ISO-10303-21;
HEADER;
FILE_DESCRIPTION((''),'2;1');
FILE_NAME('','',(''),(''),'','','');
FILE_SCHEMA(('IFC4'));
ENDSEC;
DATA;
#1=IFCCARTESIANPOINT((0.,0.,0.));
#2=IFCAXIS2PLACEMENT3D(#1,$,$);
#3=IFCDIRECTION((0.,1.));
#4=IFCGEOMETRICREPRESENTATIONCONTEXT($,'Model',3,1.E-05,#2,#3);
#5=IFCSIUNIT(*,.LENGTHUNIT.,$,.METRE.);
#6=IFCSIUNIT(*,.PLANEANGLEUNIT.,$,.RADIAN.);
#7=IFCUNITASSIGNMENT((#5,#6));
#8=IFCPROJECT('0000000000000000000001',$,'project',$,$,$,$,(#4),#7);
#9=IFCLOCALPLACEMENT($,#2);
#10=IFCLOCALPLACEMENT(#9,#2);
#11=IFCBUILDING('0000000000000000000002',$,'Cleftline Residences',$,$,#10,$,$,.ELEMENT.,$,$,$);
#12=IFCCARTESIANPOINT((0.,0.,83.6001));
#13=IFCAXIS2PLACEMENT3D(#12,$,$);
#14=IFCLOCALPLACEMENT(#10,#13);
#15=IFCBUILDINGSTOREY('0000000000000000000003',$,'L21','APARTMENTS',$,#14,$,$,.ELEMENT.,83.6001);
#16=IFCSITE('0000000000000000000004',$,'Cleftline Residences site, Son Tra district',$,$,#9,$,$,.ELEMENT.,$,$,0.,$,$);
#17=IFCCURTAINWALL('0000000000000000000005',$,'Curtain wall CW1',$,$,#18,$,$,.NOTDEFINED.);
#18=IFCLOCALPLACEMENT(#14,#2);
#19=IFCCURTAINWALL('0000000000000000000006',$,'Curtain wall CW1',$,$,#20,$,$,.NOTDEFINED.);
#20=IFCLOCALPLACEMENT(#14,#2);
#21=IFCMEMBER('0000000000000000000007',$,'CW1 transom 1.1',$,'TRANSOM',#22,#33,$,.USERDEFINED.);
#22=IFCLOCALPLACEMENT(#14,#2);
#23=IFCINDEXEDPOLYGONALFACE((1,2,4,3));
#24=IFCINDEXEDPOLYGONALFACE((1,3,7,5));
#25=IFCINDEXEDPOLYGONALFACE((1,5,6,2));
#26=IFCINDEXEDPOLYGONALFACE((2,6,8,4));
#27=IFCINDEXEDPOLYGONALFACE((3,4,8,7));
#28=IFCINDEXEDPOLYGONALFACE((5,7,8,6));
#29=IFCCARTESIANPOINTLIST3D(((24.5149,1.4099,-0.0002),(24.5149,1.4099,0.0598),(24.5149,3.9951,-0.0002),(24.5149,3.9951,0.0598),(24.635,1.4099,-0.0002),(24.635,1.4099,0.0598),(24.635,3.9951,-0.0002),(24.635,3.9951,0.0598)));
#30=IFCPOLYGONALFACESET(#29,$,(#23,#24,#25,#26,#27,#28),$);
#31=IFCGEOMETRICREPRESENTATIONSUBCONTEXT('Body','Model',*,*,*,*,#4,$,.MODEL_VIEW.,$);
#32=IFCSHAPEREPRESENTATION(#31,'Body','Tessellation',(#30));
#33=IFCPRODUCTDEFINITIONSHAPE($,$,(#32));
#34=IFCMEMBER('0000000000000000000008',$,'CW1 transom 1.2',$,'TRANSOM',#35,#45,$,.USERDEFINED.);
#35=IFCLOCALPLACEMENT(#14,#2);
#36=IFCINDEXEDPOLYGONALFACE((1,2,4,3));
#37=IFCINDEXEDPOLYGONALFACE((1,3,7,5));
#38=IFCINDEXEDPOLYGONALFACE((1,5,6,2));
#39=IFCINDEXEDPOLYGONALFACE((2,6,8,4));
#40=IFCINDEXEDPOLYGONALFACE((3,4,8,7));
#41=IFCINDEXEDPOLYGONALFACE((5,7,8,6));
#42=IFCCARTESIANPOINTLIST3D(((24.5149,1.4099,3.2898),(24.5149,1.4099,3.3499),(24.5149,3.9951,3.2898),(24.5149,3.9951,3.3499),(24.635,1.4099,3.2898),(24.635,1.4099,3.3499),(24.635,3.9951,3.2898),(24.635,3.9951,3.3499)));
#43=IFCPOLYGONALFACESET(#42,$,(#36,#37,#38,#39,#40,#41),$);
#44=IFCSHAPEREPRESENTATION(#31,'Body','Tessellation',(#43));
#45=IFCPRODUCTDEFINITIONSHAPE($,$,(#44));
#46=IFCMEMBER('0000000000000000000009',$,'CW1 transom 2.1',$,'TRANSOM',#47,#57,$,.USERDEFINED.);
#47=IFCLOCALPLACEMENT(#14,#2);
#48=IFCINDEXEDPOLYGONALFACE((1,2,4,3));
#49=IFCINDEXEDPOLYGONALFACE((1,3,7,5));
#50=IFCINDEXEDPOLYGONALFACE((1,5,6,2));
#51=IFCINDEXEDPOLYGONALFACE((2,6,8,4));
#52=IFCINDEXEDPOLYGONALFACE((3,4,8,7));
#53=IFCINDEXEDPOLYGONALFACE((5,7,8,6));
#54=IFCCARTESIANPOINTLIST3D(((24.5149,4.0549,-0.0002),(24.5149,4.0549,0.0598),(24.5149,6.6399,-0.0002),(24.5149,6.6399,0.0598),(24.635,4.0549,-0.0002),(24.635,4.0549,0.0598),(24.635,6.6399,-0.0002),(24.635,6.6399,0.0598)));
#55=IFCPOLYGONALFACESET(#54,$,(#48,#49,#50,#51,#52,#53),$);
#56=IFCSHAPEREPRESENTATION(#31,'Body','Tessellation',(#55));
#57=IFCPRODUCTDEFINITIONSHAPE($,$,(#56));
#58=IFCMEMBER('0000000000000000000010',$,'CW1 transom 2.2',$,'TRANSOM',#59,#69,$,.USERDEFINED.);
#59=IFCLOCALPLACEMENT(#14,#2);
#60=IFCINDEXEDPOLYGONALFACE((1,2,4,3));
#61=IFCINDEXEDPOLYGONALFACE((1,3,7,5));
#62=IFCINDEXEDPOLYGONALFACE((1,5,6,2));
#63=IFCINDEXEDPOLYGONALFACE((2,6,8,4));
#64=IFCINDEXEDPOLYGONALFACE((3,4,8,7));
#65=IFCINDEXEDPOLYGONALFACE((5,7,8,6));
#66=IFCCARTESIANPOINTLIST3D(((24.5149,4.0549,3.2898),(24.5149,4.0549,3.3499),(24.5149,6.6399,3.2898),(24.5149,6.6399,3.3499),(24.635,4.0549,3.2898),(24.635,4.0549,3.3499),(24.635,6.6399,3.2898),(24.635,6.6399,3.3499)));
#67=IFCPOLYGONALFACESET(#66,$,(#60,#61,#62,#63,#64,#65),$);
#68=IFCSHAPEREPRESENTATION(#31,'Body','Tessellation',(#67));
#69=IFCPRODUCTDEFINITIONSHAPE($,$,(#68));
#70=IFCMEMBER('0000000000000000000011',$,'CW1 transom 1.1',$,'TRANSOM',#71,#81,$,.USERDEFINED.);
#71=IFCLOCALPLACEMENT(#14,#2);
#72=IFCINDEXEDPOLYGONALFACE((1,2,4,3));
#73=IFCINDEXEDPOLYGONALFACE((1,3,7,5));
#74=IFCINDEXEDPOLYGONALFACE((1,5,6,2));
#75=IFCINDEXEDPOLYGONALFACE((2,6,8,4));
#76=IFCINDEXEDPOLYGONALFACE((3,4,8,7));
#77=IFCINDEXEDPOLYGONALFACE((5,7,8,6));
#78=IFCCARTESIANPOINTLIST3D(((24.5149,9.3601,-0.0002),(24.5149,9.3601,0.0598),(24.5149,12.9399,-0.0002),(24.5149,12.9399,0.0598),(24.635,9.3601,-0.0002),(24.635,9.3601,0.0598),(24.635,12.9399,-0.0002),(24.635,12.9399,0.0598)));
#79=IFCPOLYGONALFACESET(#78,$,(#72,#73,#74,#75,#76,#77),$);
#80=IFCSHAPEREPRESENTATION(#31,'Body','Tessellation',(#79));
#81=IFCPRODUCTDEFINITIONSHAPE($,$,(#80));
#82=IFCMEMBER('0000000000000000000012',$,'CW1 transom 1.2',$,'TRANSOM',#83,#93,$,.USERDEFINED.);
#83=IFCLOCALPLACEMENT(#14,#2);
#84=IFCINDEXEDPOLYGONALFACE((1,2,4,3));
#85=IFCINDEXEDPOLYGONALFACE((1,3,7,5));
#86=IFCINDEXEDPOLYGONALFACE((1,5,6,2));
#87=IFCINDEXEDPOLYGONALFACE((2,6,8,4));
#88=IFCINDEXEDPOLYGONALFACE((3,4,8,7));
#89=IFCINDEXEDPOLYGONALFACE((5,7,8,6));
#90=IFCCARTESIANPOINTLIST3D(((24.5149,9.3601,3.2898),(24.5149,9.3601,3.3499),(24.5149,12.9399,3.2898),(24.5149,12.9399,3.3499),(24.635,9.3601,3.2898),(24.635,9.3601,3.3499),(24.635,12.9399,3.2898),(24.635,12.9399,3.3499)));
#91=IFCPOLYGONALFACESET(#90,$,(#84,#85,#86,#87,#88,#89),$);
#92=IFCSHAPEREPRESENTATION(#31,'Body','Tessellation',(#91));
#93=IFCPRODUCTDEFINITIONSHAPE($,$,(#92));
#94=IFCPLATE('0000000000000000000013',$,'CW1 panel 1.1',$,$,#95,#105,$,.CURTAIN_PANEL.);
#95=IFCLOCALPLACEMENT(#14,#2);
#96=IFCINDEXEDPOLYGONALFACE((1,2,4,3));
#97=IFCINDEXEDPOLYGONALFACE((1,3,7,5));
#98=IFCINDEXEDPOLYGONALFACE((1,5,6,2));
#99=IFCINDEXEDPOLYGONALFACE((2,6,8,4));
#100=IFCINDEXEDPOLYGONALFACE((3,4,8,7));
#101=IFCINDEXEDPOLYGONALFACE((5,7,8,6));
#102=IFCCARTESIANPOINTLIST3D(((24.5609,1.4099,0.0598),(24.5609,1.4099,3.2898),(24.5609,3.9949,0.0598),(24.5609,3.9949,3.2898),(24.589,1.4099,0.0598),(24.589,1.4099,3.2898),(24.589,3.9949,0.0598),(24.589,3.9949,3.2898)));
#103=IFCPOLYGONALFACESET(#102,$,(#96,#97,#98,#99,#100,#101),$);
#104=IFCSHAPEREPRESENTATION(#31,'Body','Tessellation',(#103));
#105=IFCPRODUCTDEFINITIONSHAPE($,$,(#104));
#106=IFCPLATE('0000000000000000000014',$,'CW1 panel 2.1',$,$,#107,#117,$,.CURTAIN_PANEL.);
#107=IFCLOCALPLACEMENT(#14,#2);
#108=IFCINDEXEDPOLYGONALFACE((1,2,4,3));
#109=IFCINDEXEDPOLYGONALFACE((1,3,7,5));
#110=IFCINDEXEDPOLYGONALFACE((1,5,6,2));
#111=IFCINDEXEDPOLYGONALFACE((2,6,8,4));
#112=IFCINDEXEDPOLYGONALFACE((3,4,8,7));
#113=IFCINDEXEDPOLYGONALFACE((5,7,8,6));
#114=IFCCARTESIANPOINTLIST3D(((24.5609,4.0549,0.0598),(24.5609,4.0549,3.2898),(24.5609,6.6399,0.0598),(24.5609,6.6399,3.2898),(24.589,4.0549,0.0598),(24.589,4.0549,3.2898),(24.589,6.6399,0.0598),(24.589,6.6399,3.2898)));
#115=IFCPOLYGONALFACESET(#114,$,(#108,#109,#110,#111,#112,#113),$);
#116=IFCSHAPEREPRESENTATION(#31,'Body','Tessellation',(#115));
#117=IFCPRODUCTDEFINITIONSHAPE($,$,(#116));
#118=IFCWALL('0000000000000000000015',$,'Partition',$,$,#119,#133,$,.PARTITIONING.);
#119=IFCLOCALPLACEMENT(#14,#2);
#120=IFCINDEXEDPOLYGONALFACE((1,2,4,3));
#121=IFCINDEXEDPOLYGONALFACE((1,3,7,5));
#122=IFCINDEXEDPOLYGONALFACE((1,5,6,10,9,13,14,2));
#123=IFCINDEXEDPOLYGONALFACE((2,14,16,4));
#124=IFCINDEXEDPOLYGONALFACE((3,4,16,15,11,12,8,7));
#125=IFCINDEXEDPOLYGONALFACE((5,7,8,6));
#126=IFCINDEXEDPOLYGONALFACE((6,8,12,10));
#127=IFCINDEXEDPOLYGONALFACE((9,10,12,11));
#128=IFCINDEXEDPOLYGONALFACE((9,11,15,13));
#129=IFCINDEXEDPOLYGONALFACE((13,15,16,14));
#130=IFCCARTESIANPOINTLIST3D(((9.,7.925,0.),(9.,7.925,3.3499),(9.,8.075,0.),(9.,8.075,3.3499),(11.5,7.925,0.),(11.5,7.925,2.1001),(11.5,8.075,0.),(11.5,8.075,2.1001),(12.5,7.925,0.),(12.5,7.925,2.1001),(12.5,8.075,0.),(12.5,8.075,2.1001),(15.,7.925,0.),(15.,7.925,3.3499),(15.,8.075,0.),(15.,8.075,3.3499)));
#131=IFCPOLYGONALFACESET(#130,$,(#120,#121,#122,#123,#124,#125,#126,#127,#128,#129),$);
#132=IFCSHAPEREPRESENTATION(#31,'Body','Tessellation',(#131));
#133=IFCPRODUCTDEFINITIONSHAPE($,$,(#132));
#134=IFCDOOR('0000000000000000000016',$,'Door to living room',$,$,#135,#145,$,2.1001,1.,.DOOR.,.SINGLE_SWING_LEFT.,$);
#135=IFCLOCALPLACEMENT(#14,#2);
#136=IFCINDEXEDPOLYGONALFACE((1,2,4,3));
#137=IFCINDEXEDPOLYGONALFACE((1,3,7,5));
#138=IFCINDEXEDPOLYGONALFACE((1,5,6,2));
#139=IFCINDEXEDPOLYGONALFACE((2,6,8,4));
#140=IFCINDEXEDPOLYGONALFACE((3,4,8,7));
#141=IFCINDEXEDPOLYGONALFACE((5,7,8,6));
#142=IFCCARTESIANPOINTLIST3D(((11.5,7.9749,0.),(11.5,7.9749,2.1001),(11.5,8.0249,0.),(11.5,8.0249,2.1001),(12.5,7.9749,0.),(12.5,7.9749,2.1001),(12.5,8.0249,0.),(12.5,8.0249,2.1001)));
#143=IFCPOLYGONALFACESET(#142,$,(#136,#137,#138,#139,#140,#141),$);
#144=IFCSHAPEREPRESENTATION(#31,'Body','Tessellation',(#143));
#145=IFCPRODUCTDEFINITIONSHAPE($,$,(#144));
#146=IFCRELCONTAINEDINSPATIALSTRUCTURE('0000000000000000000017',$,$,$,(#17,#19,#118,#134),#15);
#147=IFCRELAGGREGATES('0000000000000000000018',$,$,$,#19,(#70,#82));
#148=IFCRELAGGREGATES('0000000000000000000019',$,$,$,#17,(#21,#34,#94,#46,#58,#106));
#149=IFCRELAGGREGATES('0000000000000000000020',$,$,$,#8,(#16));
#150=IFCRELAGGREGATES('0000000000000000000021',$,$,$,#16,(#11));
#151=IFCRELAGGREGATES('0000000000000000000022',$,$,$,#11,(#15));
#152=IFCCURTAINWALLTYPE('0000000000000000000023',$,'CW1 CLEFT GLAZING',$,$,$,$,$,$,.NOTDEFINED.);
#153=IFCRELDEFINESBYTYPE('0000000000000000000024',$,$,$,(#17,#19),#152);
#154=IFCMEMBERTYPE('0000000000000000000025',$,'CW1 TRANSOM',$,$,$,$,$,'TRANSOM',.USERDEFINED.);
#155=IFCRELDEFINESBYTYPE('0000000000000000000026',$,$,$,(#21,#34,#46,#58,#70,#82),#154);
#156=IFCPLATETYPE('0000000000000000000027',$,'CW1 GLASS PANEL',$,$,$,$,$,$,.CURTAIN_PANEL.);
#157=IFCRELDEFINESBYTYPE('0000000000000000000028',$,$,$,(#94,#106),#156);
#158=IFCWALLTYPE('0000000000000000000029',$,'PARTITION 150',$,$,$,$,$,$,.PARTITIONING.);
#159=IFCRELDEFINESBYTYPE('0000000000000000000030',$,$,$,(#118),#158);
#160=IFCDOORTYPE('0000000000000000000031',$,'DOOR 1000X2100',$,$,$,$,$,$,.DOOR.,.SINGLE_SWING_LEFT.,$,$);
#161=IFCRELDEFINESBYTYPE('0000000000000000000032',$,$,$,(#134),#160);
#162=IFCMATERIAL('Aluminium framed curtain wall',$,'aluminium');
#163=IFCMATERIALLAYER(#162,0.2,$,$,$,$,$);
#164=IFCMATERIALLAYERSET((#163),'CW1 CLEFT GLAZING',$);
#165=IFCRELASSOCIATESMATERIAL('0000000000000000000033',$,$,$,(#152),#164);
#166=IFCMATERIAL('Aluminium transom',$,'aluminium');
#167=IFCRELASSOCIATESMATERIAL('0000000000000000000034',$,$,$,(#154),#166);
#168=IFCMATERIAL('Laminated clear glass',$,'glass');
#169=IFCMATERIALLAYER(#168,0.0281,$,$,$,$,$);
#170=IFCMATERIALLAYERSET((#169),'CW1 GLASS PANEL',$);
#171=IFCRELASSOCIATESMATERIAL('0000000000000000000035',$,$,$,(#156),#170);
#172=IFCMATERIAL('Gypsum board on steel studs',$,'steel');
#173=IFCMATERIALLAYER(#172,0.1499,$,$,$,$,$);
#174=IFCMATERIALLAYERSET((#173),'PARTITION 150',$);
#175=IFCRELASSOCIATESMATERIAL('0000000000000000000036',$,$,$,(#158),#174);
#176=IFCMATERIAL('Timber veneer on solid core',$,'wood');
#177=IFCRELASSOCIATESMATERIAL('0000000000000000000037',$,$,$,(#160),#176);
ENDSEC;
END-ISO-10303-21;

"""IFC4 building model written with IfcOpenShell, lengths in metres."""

from ifc_helpers import new_model, si_unit, direction, frame, frame_2d, origin, origin_2d, place, context, subcontext, project, spatial, rectangle, extrude, material, layer, layer_set, material_profile, profile_set, type_object, element, fill, aggregate, save


model = new_model("IFC4")

# Units and contexts
model_context = context("Model", 3, precision=1e-05, world=origin(), true_north=direction((0.0, 1.0)))
body_context = subcontext(model_context, "Body", "Model", "MODEL_VIEW")
ifc_project = project(units=[si_unit("LENGTHUNIT", "METRE"), si_unit("PLANEANGLEUNIT", "RADIAN")], contexts=[model_context])

# Site, building, storey
site_placement = place(None, origin())
site = spatial("IfcSite", under=ifc_project, at=site_placement, Name="Cleftline Residences site, Son Tra district", CompositionType="ELEMENT", RefElevation=0.0)
building_placement = place(site_placement, origin())
building = spatial("IfcBuilding", under=site, at=building_placement, Name="Cleftline Residences", CompositionType="ELEMENT")
storey_placement = place(building_placement, frame((0.0, 0.0, 83.6001)))
storey = spatial("IfcBuildingStorey", under=building, at=storey_placement, Name="L21", Description="APARTMENTS", CompositionType="ELEMENT", Elevation=83.6001)

# Curtain wall
ifc_material_1 = material(Name="Aluminium framed curtain wall", Category="aluminium")
ifc_layer_1 = layer(ifc_material_1, 0.2)
ifc_layer_set_1 = layer_set([ifc_layer_1], Name="CW1 CLEFT GLAZING")
curtain_wall_type = type_object("IfcCurtainWallType", Name="CW1 CLEFT GLAZING", PredefinedType="NOTDEFINED", material=ifc_layer_set_1)
curtain_wall_1_placement = place(storey_placement, origin())
curtain_wall_1 = element("IfcCurtainWall", 1, at=curtain_wall_1_placement, inside=storey, type_object=curtain_wall_type, Name="Curtain wall CW1", PredefinedType="NOTDEFINED")

# Curtain wall
curtain_wall_2_placement = place(storey_placement, origin())
curtain_wall_2 = element("IfcCurtainWall", 2, at=curtain_wall_2_placement, inside=storey, type_object=curtain_wall_type, Name="Curtain wall CW1", PredefinedType="NOTDEFINED")

# Members
ifc_material_2 = material(Name="Aluminium transom", Category="aluminium")
ifc_material_profile_1 = material_profile(ifc_material_2, rectangle(XDim=0.1201, YDim=0.0601, at=origin_2d()))
ifc_profile_set_1 = profile_set([ifc_material_profile_1], Name="Aluminium transom")
member_type_1 = type_object("IfcMemberType", Name="CW1 TRANSOM", ElementType="TRANSOM", PredefinedType="USERDEFINED", material=ifc_profile_set_1)
member_1_placement = place(storey_placement, frame((24.575, 1.4099, 0.0298), z_axis=(0.0, 1.0, 0.0), x_axis=(-1.0, 0.0, 0.0)))
member_1 = element("IfcMember", 3, at=member_1_placement, type_object=member_type_1, Name="CW1 transom 1.1", ObjectType="TRANSOM", PredefinedType="USERDEFINED", context=body_context, shape_type="SweptSolid", body=[
    extrude(rectangle(XDim=0.1201, YDim=0.0601, at=origin_2d()), origin(), (0.0, 0.0, 1.0), 2.5852),
])
member_2_placement = place(storey_placement, frame((24.575, 1.4099, 3.3198), z_axis=(0.0, 1.0, 0.0), x_axis=(-1.0, 0.0, 0.0)))
member_2 = element("IfcMember", 4, at=member_2_placement, type_object=member_type_1, Name="CW1 transom 1.2", ObjectType="TRANSOM", PredefinedType="USERDEFINED", context=body_context, shape_type="SweptSolid", body=[
    extrude(rectangle(XDim=0.1201, YDim=0.0601, at=origin_2d()), origin(), (0.0, 0.0, 1.0), 2.5852),
])
member_3_placement = place(storey_placement, frame((24.575, 4.0549, 0.0298), z_axis=(0.0, 1.0, 0.0), x_axis=(-1.0, 0.0, 0.0)))
member_3 = element("IfcMember", 5, at=member_3_placement, type_object=member_type_1, Name="CW1 transom 2.1", ObjectType="TRANSOM", PredefinedType="USERDEFINED", context=body_context, shape_type="SweptSolid", body=[
    extrude(rectangle(XDim=0.1201, YDim=0.0601, at=origin_2d()), origin(), (0.0, 0.0, 1.0), 2.585),
])
member_4_placement = place(storey_placement, frame((24.575, 4.0549, 3.3198), z_axis=(0.0, 1.0, 0.0), x_axis=(-1.0, 0.0, 0.0)))
member_4 = element("IfcMember", 6, at=member_4_placement, type_object=member_type_1, Name="CW1 transom 2.2", ObjectType="TRANSOM", PredefinedType="USERDEFINED", context=body_context, shape_type="SweptSolid", body=[
    extrude(rectangle(XDim=0.1201, YDim=0.0601, at=origin_2d()), origin(), (0.0, 0.0, 1.0), 2.585),
])
member_5_placement = place(storey_placement, frame((24.575, 9.3601, 0.0298), z_axis=(0.0, 1.0, 0.0), x_axis=(-1.0, 0.0, 0.0)))
member_5 = element("IfcMember", 7, at=member_5_placement, type_object=member_type_1, Name="CW1 transom 1.1", ObjectType="TRANSOM", PredefinedType="USERDEFINED", context=body_context, shape_type="SweptSolid", body=[
    extrude(rectangle(XDim=0.1201, YDim=0.0601, at=origin_2d()), origin(), (0.0, 0.0, 1.0), 3.5798),
])
member_6_placement = place(storey_placement, frame((24.575, 9.3601, 3.3198), z_axis=(0.0, 1.0, 0.0), x_axis=(-1.0, 0.0, 0.0)))
member_6 = element("IfcMember", 8, at=member_6_placement, type_object=member_type_1, Name="CW1 transom 1.2", ObjectType="TRANSOM", PredefinedType="USERDEFINED", context=body_context, shape_type="SweptSolid", body=[
    extrude(rectangle(XDim=0.1201, YDim=0.0601, at=origin_2d()), origin(), (0.0, 0.0, 1.0), 3.5798),
])
aggregate(curtain_wall_2, [member_5, member_6])

# Plates
ifc_material_3 = material(Name="Laminated clear glass", Category="glass")
ifc_layer_2 = layer(ifc_material_3, 0.0281)
ifc_layer_set_2 = layer_set([ifc_layer_2], Name="CW1 GLASS PANEL")
plate_type = type_object("IfcPlateType", Name="CW1 GLASS PANEL", PredefinedType="CURTAIN_PANEL", material=ifc_layer_set_2)
plate_1_placement = place(storey_placement, frame((24.575, 2.7024, 0.0598), z_axis=(0.0, 0.0, 1.0), x_axis=(0.0, 1.0, 0.0)))
plate_1 = element("IfcPlate", 9, at=plate_1_placement, type_object=plate_type, Name="CW1 panel 1.1", PredefinedType="CURTAIN_PANEL", context=body_context, shape_type="SweptSolid", body=[
    extrude(rectangle(XDim=2.585, YDim=0.0281, at=origin_2d()), origin(), (0.0, 0.0, 1.0), 3.23),
])
plate_2_placement = place(storey_placement, frame((24.575, 5.3474, 0.0598), z_axis=(0.0, 0.0, 1.0), x_axis=(0.0, 1.0, 0.0)))
plate_2 = element("IfcPlate", 10, at=plate_2_placement, type_object=plate_type, Name="CW1 panel 2.1", PredefinedType="CURTAIN_PANEL", context=body_context, shape_type="SweptSolid", body=[
    extrude(rectangle(XDim=2.585, YDim=0.0281, at=origin_2d()), origin(), (0.0, 0.0, 1.0), 3.23),
])
aggregate(curtain_wall_1, [member_1, member_2, plate_1, member_3, member_4, plate_2])

# Wall, opening, door
ifc_material_4 = material(Name="Gypsum board on steel studs", Category="steel")
ifc_layer_3 = layer(ifc_material_4, 0.1499)
ifc_layer_set_3 = layer_set([ifc_layer_3], Name="PARTITION 150")
wall_type = type_object("IfcWallType", Name="PARTITION 150", PredefinedType="PARTITIONING", material=ifc_layer_set_3)
wall_1_placement = place(storey_placement, frame((9.0, 8.0, 0.0), z_axis=(0.0, 0.0, 1.0), x_axis=(1.0, 0.0, 0.0)))
wall_1 = element("IfcWall", 11, at=wall_1_placement, inside=storey, type_object=wall_type, Name="Partition", PredefinedType="PARTITIONING", context=body_context, shape_type="SweptSolid", body=[
    extrude(rectangle(XDim=6.0, YDim=0.1499, at=frame_2d((3.0, 0.0))), origin(), (0.0, 0.0, 1.0), 3.3499),
])
opening_1_placement = place(wall_1_placement, frame((2.5, 0.0, 0.0)))
opening_1 = element("IfcOpeningElement", 12, at=opening_1_placement, cuts=wall_1, PredefinedType="OPENING", context=body_context, shape_type="SweptSolid", body=[
    extrude(rectangle(XDim=1.0, YDim=2.1001, at=frame_2d((0.5, 1.05))), frame((0.0, 0.085, 0.0), z_axis=(0.0, -1.0, 0.0), x_axis=(1.0, 0.0, 0.0)), (0.0, 0.0, 1.0), 0.1699),
])
ifc_material_5 = material(Name="Timber veneer on solid core", Category="wood")
door_type_1 = type_object("IfcDoorType", Name="DOOR 1000X2100", OperationType="SINGLE_SWING_LEFT", PredefinedType="DOOR", material=ifc_material_5)
door_1_placement = place(opening_1_placement, origin())
door_1 = element("IfcDoor", 13, at=door_1_placement, inside=storey, type_object=door_type_1, Name="Door to living room", OperationType="SINGLE_SWING_LEFT", OverallHeight=2.1001, OverallWidth=1.0, PredefinedType="DOOR", context=body_context, shape_type="SweptSolid", body=[
    extrude(rectangle(XDim=1.0, YDim=2.1001, at=frame_2d((0.5, 1.05))), frame((0.0, 0.0249, 0.0), z_axis=(0.0, -1.0, 0.0), x_axis=(1.0, 0.0, 0.0)), (0.0, 0.0, 1.0), 0.05),
])
fill(opening_1, door_1)

save(model, "model.ifc")
